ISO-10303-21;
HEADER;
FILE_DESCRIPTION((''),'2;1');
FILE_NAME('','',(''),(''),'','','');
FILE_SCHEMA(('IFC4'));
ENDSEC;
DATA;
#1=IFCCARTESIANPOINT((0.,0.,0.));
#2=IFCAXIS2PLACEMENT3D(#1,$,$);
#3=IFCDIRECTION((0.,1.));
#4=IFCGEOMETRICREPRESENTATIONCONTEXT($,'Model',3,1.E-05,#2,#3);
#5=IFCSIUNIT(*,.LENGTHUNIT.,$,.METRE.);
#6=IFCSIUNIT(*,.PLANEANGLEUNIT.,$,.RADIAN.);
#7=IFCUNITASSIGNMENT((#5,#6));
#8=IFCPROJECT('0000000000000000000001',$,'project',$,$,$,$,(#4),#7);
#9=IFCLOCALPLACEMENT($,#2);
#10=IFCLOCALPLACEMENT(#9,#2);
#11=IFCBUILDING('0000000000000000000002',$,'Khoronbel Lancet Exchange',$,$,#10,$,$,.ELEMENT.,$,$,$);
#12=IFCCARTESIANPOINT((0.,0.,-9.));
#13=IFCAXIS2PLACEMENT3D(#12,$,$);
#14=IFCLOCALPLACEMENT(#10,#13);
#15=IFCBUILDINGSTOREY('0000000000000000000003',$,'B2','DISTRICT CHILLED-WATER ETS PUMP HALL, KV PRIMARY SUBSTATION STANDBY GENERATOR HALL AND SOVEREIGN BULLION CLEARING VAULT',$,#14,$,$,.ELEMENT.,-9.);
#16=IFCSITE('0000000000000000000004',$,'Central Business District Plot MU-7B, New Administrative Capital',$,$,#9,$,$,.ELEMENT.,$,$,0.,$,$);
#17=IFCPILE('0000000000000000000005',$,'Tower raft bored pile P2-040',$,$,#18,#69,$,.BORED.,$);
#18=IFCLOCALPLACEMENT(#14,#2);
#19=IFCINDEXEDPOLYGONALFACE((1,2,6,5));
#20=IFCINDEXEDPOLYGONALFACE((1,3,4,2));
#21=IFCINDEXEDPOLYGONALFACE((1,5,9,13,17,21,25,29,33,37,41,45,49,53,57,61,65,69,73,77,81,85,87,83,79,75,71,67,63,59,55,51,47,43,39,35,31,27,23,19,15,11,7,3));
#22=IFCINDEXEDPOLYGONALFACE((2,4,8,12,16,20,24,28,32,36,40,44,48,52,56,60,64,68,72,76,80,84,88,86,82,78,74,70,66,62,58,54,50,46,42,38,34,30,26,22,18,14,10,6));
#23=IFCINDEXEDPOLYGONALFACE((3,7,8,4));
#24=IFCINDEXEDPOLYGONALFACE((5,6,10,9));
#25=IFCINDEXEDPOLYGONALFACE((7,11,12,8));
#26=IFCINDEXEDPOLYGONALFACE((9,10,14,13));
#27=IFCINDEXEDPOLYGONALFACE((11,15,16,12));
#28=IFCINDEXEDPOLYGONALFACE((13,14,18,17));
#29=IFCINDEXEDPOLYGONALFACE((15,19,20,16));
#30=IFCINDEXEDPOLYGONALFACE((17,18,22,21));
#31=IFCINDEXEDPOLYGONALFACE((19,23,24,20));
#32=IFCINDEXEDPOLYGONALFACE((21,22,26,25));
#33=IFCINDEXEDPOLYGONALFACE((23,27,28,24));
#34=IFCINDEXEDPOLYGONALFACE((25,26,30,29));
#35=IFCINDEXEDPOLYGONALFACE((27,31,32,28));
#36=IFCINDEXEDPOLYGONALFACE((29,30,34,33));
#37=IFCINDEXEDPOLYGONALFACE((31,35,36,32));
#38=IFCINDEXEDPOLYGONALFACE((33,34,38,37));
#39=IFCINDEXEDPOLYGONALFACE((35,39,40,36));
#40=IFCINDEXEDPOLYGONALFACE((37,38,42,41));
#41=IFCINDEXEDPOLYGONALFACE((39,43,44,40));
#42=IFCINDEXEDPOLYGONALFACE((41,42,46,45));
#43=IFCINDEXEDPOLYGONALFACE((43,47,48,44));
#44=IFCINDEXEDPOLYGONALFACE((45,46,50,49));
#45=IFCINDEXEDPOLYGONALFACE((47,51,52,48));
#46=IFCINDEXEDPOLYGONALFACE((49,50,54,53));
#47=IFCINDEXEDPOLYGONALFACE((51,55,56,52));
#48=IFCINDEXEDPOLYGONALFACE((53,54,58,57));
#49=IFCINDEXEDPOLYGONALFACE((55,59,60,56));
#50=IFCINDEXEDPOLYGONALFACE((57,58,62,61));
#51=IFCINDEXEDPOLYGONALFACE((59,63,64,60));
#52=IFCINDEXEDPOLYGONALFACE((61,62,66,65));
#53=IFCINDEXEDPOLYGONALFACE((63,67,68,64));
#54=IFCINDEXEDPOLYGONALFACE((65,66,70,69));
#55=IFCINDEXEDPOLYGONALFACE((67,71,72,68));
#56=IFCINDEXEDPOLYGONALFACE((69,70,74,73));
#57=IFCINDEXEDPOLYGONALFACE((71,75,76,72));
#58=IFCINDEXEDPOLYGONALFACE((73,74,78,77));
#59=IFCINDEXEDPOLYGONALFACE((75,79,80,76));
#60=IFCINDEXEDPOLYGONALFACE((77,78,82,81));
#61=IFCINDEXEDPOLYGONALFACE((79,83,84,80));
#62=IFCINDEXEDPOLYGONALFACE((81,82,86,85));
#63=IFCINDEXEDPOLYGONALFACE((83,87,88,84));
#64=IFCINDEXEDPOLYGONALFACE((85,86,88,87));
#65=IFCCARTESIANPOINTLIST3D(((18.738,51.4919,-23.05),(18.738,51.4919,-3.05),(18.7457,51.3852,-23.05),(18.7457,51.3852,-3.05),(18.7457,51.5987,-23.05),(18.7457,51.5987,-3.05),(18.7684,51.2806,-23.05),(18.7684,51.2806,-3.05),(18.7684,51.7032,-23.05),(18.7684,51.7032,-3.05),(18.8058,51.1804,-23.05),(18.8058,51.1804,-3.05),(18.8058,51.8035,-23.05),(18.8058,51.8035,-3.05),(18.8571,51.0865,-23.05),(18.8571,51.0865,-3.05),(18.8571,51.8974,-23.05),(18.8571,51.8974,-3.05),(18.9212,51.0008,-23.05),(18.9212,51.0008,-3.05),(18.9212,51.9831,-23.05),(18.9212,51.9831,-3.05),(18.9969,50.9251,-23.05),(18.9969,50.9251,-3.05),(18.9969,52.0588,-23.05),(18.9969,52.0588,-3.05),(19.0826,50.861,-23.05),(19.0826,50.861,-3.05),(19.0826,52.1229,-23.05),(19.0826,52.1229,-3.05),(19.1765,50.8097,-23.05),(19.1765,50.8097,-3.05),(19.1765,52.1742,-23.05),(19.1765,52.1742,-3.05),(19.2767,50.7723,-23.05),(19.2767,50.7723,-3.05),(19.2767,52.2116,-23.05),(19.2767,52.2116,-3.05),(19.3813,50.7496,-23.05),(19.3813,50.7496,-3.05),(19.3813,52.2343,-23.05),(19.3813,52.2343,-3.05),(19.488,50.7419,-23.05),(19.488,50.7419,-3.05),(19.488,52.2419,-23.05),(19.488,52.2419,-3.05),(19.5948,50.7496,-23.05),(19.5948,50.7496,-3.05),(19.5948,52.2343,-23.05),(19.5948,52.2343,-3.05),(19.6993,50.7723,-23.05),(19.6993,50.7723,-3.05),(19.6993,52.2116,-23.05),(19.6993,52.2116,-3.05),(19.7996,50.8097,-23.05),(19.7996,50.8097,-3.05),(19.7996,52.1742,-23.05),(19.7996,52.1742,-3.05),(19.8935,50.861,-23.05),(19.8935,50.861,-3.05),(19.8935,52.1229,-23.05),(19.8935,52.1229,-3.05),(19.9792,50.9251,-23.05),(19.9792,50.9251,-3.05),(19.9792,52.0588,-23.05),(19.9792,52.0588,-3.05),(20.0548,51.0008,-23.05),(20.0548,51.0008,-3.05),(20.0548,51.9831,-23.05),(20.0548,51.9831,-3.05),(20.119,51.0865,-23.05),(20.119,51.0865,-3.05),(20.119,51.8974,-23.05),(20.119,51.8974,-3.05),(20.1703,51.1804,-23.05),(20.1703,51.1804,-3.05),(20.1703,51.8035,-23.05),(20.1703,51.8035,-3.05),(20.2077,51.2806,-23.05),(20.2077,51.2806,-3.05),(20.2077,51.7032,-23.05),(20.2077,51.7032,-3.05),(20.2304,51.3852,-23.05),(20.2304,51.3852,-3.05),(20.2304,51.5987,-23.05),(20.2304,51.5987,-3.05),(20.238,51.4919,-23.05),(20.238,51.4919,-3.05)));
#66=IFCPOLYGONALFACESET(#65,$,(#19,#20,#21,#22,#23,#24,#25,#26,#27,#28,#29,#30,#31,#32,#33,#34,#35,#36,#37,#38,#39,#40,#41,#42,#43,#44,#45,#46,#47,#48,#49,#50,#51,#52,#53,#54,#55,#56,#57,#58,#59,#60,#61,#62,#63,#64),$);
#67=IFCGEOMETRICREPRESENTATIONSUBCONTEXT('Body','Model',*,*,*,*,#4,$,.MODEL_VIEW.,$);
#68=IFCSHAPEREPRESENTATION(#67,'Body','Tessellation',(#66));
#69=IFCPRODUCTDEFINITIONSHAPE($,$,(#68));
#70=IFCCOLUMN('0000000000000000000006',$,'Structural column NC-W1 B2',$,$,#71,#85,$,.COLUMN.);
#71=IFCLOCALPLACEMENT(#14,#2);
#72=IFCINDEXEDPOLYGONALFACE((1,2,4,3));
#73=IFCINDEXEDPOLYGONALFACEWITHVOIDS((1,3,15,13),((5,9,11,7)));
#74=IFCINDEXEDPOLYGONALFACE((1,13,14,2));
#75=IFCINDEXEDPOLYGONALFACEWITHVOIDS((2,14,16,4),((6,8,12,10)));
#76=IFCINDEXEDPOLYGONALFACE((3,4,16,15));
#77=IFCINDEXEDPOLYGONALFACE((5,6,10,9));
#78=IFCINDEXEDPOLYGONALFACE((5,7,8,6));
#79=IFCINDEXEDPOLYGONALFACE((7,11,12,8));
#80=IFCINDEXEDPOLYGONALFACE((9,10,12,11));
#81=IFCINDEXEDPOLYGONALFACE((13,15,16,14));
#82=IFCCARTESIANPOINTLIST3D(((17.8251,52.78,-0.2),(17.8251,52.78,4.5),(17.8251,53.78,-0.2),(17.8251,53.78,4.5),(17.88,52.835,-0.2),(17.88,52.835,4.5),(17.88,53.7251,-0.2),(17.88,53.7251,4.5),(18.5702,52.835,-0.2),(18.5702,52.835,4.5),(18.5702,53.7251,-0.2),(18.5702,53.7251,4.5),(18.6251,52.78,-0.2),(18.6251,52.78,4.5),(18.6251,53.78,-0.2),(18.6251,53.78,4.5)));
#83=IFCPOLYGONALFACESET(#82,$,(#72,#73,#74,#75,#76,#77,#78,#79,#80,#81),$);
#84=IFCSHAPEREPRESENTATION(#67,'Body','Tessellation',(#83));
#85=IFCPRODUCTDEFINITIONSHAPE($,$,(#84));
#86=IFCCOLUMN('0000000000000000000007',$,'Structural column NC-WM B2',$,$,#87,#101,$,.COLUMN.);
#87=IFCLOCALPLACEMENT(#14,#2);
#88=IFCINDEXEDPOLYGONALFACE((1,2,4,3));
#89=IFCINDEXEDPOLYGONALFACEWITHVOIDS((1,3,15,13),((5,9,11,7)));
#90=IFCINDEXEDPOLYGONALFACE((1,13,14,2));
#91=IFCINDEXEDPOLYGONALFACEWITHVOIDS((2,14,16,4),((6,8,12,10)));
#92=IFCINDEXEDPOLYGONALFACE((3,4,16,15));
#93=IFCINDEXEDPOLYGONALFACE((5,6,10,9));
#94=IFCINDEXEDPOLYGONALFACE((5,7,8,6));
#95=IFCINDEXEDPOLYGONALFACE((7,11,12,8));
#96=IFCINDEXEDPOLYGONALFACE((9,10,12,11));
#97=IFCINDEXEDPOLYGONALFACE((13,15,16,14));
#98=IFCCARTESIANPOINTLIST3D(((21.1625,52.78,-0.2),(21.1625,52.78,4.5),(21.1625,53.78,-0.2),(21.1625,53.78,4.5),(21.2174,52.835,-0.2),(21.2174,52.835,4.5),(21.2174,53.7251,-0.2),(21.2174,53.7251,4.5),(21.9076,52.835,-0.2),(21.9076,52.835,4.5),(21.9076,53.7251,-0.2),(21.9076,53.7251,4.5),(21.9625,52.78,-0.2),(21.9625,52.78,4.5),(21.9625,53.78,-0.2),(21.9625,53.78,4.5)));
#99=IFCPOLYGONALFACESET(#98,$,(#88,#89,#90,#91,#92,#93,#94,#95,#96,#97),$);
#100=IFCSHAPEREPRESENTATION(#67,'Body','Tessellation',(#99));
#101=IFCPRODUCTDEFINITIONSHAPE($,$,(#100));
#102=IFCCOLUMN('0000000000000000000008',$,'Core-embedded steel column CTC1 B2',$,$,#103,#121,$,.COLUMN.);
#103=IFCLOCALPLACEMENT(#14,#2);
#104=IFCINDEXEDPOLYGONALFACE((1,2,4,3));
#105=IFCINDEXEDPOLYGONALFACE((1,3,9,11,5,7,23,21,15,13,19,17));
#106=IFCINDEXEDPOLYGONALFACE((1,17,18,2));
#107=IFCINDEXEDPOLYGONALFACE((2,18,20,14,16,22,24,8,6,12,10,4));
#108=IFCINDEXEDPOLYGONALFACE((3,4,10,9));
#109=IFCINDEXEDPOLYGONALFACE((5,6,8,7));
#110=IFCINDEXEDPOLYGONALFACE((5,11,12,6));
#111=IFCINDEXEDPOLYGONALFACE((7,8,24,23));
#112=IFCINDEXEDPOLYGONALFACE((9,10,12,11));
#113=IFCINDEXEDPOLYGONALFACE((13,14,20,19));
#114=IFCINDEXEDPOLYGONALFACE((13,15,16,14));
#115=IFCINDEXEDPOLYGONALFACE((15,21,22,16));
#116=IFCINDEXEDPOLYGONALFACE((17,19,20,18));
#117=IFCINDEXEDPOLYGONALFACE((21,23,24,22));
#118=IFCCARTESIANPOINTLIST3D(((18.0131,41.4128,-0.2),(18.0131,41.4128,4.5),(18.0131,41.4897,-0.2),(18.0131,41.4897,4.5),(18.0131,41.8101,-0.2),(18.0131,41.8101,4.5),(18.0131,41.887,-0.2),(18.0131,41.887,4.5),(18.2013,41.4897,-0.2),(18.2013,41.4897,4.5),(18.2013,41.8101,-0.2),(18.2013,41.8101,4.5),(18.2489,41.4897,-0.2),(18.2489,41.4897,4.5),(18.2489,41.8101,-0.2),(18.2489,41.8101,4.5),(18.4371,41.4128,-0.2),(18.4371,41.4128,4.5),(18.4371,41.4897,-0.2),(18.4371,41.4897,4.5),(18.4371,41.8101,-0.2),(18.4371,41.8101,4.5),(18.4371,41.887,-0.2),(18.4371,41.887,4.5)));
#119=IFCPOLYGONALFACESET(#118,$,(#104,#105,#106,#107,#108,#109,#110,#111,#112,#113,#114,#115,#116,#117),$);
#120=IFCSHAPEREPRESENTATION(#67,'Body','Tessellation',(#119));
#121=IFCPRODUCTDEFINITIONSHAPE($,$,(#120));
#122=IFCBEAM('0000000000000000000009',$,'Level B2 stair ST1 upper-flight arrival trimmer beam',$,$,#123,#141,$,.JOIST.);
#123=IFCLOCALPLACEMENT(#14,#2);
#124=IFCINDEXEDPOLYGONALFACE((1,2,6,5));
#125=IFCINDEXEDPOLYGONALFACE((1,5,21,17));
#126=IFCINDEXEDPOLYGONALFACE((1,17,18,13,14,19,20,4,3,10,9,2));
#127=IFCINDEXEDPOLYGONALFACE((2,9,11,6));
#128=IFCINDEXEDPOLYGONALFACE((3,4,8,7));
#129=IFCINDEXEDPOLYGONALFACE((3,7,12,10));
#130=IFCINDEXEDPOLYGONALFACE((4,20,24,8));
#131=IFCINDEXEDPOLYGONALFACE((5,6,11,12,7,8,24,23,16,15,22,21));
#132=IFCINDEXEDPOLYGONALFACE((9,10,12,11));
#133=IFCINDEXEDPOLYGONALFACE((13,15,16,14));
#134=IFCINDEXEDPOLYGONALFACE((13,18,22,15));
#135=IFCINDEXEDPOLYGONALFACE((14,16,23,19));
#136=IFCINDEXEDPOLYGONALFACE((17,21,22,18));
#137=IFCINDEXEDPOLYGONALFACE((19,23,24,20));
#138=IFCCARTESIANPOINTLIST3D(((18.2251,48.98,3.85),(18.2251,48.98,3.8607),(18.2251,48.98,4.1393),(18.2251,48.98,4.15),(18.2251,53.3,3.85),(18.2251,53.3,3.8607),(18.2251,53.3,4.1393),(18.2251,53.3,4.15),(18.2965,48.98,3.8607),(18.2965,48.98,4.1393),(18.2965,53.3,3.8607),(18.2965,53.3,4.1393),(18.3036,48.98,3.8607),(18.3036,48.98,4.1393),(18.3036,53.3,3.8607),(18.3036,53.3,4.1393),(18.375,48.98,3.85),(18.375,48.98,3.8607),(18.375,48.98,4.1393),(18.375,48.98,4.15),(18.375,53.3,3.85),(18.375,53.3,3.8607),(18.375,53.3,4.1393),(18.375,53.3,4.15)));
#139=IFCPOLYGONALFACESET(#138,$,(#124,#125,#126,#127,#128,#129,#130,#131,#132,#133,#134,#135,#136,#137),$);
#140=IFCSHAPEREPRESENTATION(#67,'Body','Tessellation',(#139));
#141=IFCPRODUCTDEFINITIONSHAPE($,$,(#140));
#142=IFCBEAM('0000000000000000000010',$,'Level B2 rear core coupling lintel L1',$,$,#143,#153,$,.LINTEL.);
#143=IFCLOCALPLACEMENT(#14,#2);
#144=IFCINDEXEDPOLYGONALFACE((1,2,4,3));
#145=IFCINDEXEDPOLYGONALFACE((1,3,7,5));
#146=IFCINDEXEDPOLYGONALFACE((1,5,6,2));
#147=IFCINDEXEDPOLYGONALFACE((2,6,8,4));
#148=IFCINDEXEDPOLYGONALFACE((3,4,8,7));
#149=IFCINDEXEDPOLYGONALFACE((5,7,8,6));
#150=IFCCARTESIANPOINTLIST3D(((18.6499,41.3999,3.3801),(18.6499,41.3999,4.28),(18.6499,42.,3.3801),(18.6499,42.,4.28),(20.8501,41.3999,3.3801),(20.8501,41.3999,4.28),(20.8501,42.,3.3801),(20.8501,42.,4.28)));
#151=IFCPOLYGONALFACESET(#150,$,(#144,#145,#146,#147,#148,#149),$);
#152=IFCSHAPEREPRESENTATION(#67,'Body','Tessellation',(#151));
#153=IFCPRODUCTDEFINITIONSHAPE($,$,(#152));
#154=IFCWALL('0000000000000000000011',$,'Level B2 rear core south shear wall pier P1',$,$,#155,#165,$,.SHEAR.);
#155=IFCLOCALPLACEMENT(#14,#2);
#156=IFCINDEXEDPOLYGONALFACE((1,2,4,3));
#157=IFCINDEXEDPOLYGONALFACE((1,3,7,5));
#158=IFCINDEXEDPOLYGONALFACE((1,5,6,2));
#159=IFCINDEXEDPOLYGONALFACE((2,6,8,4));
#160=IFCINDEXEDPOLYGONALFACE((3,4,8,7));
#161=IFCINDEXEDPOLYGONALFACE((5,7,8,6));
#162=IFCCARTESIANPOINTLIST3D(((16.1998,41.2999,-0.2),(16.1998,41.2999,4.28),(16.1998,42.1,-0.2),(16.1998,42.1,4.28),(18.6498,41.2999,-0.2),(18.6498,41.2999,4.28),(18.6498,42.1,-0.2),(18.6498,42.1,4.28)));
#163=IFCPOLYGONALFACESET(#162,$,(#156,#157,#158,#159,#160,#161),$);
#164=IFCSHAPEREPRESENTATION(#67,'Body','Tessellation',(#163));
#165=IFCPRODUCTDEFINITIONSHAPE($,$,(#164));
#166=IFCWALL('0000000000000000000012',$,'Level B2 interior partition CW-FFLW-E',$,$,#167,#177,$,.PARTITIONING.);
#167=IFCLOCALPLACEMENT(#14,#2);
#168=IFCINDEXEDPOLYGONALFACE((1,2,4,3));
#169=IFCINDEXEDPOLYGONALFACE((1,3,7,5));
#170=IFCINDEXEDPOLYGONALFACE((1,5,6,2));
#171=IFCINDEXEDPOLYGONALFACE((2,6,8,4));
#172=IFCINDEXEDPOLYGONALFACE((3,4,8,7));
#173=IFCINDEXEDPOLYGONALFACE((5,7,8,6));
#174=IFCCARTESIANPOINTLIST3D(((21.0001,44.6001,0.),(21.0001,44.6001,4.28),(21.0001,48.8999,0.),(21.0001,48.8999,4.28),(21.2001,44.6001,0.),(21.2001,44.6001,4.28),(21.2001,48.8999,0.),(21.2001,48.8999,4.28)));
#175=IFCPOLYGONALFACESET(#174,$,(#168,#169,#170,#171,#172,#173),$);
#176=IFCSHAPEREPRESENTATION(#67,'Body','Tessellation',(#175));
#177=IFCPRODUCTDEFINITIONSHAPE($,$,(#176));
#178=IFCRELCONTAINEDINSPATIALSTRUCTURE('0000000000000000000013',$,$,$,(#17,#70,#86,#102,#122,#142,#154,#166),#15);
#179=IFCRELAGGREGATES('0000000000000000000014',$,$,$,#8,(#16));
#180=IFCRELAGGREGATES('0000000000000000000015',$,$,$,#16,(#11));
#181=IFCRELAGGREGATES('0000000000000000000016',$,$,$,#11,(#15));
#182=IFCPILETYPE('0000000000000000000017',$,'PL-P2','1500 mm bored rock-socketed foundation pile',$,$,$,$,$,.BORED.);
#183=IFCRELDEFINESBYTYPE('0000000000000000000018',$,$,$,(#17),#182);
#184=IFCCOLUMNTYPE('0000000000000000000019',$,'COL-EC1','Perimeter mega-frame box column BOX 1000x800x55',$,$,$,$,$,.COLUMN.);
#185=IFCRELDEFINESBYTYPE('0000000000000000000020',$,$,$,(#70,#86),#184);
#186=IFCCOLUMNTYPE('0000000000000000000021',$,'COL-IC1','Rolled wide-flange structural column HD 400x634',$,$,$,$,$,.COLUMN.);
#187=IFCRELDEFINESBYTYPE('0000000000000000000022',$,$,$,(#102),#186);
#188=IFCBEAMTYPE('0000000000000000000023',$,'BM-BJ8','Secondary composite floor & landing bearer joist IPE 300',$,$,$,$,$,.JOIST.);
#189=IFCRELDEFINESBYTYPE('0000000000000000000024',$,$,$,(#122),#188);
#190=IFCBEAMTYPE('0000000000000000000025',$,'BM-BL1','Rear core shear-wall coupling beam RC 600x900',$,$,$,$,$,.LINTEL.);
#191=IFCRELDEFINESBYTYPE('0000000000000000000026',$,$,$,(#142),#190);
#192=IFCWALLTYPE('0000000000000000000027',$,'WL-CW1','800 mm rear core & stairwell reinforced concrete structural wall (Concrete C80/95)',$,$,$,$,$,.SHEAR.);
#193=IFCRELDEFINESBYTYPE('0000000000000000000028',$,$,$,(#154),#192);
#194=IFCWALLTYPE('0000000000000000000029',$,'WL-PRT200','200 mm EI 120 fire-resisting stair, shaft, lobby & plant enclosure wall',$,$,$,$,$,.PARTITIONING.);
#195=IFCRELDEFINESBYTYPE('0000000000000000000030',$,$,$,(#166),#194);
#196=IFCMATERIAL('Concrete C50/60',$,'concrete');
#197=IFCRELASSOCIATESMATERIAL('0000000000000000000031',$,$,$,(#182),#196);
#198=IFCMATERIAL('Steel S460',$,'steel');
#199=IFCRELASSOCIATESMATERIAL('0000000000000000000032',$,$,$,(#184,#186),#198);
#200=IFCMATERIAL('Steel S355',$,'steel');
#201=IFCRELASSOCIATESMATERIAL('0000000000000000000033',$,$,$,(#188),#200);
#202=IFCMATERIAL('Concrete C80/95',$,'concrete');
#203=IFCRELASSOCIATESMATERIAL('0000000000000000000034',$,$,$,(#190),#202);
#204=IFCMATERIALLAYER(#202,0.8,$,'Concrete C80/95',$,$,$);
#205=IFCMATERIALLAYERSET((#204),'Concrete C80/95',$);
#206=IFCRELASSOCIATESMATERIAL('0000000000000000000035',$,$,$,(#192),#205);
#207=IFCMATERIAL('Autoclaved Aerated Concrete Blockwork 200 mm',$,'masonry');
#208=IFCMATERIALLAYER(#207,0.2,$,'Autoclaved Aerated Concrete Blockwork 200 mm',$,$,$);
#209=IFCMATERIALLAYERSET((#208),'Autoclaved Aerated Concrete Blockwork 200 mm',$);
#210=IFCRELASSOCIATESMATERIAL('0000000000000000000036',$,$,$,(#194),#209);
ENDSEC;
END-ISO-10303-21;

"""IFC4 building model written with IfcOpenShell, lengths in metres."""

from ifc_helpers import new_model, si_unit, direction, frame, frame_2d, origin, origin_2d, place, context, subcontext, project, spatial, rectangle, hollow_rectangle, circle, i_section, extrude, material, layer, layer_set, material_profile, profile_set, type_object, element, save


model = new_model("IFC4")

# Units and contexts
model_context = context("Model", 3, precision=1e-05, world=origin(), true_north=direction((0.0, 1.0)))
body_context = subcontext(model_context, "Body", "Model", "MODEL_VIEW")
ifc_project = project(units=[si_unit("LENGTHUNIT", "METRE"), si_unit("PLANEANGLEUNIT", "RADIAN")], contexts=[model_context])

# Site, building, storey
site_placement = place(None, origin())
site = spatial("IfcSite", under=ifc_project, at=site_placement, Name="Central Business District Plot MU-7B, New Administrative Capital", CompositionType="ELEMENT", RefElevation=0.0)
building_placement = place(site_placement, origin())
building = spatial("IfcBuilding", under=site, at=building_placement, Name="Khoronbel Lancet Exchange", CompositionType="ELEMENT")
storey_placement = place(building_placement, frame((0.0, 0.0, -9.0)))
storey = spatial("IfcBuildingStorey", under=building, at=storey_placement, Name="B2", Description="DISTRICT CHILLED-WATER ETS PUMP HALL, KV PRIMARY SUBSTATION STANDBY GENERATOR HALL AND SOVEREIGN BULLION CLEARING VAULT", CompositionType="ELEMENT", Elevation=-9.0)

# Pile
ifc_material_1 = material(Name="Concrete C50/60", Category="concrete")
ifc_material_profile_1 = material_profile(ifc_material_1, circle(Radius=0.75, at=origin_2d()), Name="BORED PILE D1500")
ifc_profile_set_1 = profile_set([ifc_material_profile_1], Name="Concrete C50/60")
pile_type = type_object("IfcPileType", Name="PL-P2", Description="1500 mm bored rock-socketed foundation pile", PredefinedType="BORED", material=ifc_profile_set_1)
for number, where, z_axis, x_axis, name in (
    (1, (19.488, 51.4919, -3.05), (0.0, 0.0, -1.0), (1.0, 0.0, 0.0), "Tower raft bored pile P2-040"),
):
    element("IfcPile", number, at=place(storey_placement, frame(where, z_axis=z_axis, x_axis=x_axis)), inside=storey, type_object=pile_type, Name=name, PredefinedType="BORED", context=body_context, shape_type="SweptSolid", body=[
        extrude(circle(Radius=0.75, at=origin_2d()), origin(), (0.0, 0.0, 1.0), 20.0),
    ])

# Columns
ifc_material_2 = material(Name="Steel S460", Category="steel")
ifc_material_profile_2 = material_profile(ifc_material_2, hollow_rectangle(XDim=0.8, YDim=1.0, WallThickness=0.0549, at=origin_2d()), Name="BOX 1000x800x55")
ifc_profile_set_2 = profile_set([ifc_material_profile_2], Name="Steel S460")
column_type_1 = type_object("IfcColumnType", Name="COL-EC1", Description="Perimeter mega-frame box column BOX 1000x800x55", PredefinedType="COLUMN", material=ifc_profile_set_2)
for number, where, z_axis, x_axis, name in (
    (2, (18.2251, 53.28, -0.2), (0.0, 0.0, 1.0), (1.0, 0.0, 0.0), "Structural column NC-W1 B2"),
    (3, (21.5625, 53.28, -0.2), (0.0, 0.0, 1.0), (1.0, 0.0, 0.0), "Structural column NC-WM B2"),
):
    element("IfcColumn", number, at=place(storey_placement, frame(where, z_axis=z_axis, x_axis=x_axis)), inside=storey, type_object=column_type_1, Name=name, PredefinedType="COLUMN", context=body_context, shape_type="SweptSolid", body=[
        extrude(hollow_rectangle(XDim=0.8, YDim=1.0, WallThickness=0.0549, at=origin_2d()), origin(), (0.0, 0.0, 1.0), 4.7),
    ])
ifc_material_profile_3 = material_profile(ifc_material_2, i_section(OverallWidth=0.4241, OverallDepth=0.4741, WebThickness=0.0476, FlangeThickness=0.0769, at=origin_2d()), Name="HD 400x634")
ifc_profile_set_3 = profile_set([ifc_material_profile_3], Name="Steel S460")
column_type_2 = type_object("IfcColumnType", Name="COL-IC1", Description="Rolled wide-flange structural column HD 400x634", PredefinedType="COLUMN", material=ifc_profile_set_3)
column_placement = place(storey_placement, frame((18.2251, 41.6499, -0.2), z_axis=(0.0, 0.0, 1.0), x_axis=(1.0, 0.0, 0.0)))
element("IfcColumn", 4, at=column_placement, inside=storey, type_object=column_type_2, Name="Core-embedded steel column CTC1 B2", PredefinedType="COLUMN", context=body_context, shape_type="SweptSolid", body=[
    extrude(i_section(OverallWidth=0.4241, OverallDepth=0.4741, WebThickness=0.0476, FlangeThickness=0.0769, at=origin_2d()), origin(), (0.0, 0.0, 1.0), 4.7),
])

# Beams
ifc_material_3 = material(Name="Steel S355", Category="steel")
ifc_material_profile_4 = material_profile(ifc_material_3, i_section(OverallWidth=0.1499, OverallDepth=0.3, WebThickness=0.0071, FlangeThickness=0.0107, at=origin_2d()), Name="IPE 300")
ifc_profile_set_4 = profile_set([ifc_material_profile_4], Name="Steel S355")
beam_type_1 = type_object("IfcBeamType", Name="BM-BJ8", Description="Secondary composite floor & landing bearer joist IPE 300", PredefinedType="JOIST", material=ifc_profile_set_4)
beam_1_placement = place(storey_placement, frame((18.3, 48.98, 4.0), z_axis=(0.0, 1.0, 0.0), x_axis=(-1.0, 0.0, 0.0)))
element("IfcBeam", 5, at=beam_1_placement, inside=storey, type_object=beam_type_1, Name="Level B2 stair ST1 upper-flight arrival trimmer beam", PredefinedType="JOIST", context=body_context, shape_type="SweptSolid", body=[
    extrude(i_section(OverallWidth=0.1499, OverallDepth=0.3, WebThickness=0.0071, FlangeThickness=0.0107, at=origin_2d()), origin(), (0.0, 0.0, 1.0), 4.3201),
])
ifc_material_4 = material(Name="Concrete C80/95", Category="concrete")
ifc_material_profile_5 = material_profile(ifc_material_4, rectangle(XDim=0.6001, YDim=0.8999, at=origin_2d()), Name="RC 600x900")
ifc_profile_set_5 = profile_set([ifc_material_profile_5], Name="Concrete C80/95")
beam_type_2 = type_object("IfcBeamType", Name="BM-BL1", Description="Rear core shear-wall coupling beam RC 600x900", PredefinedType="LINTEL", material=ifc_profile_set_5)
beam_2_placement = place(storey_placement, frame((18.6499, 41.7, 3.8301), z_axis=(1.0, 0.0, 0.0), x_axis=(0.0, 1.0, 0.0)))
element("IfcBeam", 6, at=beam_2_placement, inside=storey, type_object=beam_type_2, Name="Level B2 rear core coupling lintel L1", PredefinedType="LINTEL", context=body_context, shape_type="SweptSolid", body=[
    extrude(rectangle(XDim=0.6001, YDim=0.8999, at=origin_2d()), origin(), (0.0, 0.0, 1.0), 2.2002),
])

# Walls
ifc_layer_1 = layer(ifc_material_4, 0.8, Name="Concrete C80/95")
ifc_layer_set_1 = layer_set([ifc_layer_1], Name="Concrete C80/95")
wall_type_1 = type_object("IfcWallType", Name="WL-CW1", Description="800 mm rear core & stairwell reinforced concrete structural wall (Concrete C80/95)", PredefinedType="SHEAR", material=ifc_layer_set_1)
wall_1_placement = place(storey_placement, frame((18.6499, 41.7, -0.2), z_axis=(0.0, 0.0, 1.0), x_axis=(-1.0, 0.0, 0.0)))
element("IfcWall", 7, at=wall_1_placement, inside=storey, type_object=wall_type_1, Name="Level B2 rear core south shear wall pier P1", PredefinedType="SHEAR", context=body_context, shape_type="SweptSolid", body=[
    extrude(rectangle(XDim=2.45, YDim=0.8, at=frame_2d((1.2251, 0.0))), origin(), (0.0, 0.0, 1.0), 4.48),
])
ifc_material_5 = material(Name="Autoclaved Aerated Concrete Blockwork 200 mm", Category="masonry")
ifc_layer_2 = layer(ifc_material_5, 0.2, Name="Autoclaved Aerated Concrete Blockwork 200 mm")
ifc_layer_set_2 = layer_set([ifc_layer_2], Name="Autoclaved Aerated Concrete Blockwork 200 mm")
wall_type_2 = type_object("IfcWallType", Name="WL-PRT200", Description="200 mm EI 120 fire-resisting stair, shaft, lobby & plant enclosure wall", PredefinedType="PARTITIONING", material=ifc_layer_set_2)
wall_2_placement = place(storey_placement, frame((21.1001, 44.6001, 0.0), z_axis=(0.0, 0.0, 1.0), x_axis=(0.0, 1.0, 0.0)))
element("IfcWall", 8, at=wall_2_placement, inside=storey, type_object=wall_type_2, Name="Level B2 interior partition CW-FFLW-E", PredefinedType="PARTITIONING", context=body_context, shape_type="SweptSolid", body=[
    extrude(rectangle(XDim=4.2998, YDim=0.2, at=frame_2d((2.1499, 0.0))), origin(), (0.0, 0.0, 1.0), 4.28),
])

save(model, "model.ifc")
